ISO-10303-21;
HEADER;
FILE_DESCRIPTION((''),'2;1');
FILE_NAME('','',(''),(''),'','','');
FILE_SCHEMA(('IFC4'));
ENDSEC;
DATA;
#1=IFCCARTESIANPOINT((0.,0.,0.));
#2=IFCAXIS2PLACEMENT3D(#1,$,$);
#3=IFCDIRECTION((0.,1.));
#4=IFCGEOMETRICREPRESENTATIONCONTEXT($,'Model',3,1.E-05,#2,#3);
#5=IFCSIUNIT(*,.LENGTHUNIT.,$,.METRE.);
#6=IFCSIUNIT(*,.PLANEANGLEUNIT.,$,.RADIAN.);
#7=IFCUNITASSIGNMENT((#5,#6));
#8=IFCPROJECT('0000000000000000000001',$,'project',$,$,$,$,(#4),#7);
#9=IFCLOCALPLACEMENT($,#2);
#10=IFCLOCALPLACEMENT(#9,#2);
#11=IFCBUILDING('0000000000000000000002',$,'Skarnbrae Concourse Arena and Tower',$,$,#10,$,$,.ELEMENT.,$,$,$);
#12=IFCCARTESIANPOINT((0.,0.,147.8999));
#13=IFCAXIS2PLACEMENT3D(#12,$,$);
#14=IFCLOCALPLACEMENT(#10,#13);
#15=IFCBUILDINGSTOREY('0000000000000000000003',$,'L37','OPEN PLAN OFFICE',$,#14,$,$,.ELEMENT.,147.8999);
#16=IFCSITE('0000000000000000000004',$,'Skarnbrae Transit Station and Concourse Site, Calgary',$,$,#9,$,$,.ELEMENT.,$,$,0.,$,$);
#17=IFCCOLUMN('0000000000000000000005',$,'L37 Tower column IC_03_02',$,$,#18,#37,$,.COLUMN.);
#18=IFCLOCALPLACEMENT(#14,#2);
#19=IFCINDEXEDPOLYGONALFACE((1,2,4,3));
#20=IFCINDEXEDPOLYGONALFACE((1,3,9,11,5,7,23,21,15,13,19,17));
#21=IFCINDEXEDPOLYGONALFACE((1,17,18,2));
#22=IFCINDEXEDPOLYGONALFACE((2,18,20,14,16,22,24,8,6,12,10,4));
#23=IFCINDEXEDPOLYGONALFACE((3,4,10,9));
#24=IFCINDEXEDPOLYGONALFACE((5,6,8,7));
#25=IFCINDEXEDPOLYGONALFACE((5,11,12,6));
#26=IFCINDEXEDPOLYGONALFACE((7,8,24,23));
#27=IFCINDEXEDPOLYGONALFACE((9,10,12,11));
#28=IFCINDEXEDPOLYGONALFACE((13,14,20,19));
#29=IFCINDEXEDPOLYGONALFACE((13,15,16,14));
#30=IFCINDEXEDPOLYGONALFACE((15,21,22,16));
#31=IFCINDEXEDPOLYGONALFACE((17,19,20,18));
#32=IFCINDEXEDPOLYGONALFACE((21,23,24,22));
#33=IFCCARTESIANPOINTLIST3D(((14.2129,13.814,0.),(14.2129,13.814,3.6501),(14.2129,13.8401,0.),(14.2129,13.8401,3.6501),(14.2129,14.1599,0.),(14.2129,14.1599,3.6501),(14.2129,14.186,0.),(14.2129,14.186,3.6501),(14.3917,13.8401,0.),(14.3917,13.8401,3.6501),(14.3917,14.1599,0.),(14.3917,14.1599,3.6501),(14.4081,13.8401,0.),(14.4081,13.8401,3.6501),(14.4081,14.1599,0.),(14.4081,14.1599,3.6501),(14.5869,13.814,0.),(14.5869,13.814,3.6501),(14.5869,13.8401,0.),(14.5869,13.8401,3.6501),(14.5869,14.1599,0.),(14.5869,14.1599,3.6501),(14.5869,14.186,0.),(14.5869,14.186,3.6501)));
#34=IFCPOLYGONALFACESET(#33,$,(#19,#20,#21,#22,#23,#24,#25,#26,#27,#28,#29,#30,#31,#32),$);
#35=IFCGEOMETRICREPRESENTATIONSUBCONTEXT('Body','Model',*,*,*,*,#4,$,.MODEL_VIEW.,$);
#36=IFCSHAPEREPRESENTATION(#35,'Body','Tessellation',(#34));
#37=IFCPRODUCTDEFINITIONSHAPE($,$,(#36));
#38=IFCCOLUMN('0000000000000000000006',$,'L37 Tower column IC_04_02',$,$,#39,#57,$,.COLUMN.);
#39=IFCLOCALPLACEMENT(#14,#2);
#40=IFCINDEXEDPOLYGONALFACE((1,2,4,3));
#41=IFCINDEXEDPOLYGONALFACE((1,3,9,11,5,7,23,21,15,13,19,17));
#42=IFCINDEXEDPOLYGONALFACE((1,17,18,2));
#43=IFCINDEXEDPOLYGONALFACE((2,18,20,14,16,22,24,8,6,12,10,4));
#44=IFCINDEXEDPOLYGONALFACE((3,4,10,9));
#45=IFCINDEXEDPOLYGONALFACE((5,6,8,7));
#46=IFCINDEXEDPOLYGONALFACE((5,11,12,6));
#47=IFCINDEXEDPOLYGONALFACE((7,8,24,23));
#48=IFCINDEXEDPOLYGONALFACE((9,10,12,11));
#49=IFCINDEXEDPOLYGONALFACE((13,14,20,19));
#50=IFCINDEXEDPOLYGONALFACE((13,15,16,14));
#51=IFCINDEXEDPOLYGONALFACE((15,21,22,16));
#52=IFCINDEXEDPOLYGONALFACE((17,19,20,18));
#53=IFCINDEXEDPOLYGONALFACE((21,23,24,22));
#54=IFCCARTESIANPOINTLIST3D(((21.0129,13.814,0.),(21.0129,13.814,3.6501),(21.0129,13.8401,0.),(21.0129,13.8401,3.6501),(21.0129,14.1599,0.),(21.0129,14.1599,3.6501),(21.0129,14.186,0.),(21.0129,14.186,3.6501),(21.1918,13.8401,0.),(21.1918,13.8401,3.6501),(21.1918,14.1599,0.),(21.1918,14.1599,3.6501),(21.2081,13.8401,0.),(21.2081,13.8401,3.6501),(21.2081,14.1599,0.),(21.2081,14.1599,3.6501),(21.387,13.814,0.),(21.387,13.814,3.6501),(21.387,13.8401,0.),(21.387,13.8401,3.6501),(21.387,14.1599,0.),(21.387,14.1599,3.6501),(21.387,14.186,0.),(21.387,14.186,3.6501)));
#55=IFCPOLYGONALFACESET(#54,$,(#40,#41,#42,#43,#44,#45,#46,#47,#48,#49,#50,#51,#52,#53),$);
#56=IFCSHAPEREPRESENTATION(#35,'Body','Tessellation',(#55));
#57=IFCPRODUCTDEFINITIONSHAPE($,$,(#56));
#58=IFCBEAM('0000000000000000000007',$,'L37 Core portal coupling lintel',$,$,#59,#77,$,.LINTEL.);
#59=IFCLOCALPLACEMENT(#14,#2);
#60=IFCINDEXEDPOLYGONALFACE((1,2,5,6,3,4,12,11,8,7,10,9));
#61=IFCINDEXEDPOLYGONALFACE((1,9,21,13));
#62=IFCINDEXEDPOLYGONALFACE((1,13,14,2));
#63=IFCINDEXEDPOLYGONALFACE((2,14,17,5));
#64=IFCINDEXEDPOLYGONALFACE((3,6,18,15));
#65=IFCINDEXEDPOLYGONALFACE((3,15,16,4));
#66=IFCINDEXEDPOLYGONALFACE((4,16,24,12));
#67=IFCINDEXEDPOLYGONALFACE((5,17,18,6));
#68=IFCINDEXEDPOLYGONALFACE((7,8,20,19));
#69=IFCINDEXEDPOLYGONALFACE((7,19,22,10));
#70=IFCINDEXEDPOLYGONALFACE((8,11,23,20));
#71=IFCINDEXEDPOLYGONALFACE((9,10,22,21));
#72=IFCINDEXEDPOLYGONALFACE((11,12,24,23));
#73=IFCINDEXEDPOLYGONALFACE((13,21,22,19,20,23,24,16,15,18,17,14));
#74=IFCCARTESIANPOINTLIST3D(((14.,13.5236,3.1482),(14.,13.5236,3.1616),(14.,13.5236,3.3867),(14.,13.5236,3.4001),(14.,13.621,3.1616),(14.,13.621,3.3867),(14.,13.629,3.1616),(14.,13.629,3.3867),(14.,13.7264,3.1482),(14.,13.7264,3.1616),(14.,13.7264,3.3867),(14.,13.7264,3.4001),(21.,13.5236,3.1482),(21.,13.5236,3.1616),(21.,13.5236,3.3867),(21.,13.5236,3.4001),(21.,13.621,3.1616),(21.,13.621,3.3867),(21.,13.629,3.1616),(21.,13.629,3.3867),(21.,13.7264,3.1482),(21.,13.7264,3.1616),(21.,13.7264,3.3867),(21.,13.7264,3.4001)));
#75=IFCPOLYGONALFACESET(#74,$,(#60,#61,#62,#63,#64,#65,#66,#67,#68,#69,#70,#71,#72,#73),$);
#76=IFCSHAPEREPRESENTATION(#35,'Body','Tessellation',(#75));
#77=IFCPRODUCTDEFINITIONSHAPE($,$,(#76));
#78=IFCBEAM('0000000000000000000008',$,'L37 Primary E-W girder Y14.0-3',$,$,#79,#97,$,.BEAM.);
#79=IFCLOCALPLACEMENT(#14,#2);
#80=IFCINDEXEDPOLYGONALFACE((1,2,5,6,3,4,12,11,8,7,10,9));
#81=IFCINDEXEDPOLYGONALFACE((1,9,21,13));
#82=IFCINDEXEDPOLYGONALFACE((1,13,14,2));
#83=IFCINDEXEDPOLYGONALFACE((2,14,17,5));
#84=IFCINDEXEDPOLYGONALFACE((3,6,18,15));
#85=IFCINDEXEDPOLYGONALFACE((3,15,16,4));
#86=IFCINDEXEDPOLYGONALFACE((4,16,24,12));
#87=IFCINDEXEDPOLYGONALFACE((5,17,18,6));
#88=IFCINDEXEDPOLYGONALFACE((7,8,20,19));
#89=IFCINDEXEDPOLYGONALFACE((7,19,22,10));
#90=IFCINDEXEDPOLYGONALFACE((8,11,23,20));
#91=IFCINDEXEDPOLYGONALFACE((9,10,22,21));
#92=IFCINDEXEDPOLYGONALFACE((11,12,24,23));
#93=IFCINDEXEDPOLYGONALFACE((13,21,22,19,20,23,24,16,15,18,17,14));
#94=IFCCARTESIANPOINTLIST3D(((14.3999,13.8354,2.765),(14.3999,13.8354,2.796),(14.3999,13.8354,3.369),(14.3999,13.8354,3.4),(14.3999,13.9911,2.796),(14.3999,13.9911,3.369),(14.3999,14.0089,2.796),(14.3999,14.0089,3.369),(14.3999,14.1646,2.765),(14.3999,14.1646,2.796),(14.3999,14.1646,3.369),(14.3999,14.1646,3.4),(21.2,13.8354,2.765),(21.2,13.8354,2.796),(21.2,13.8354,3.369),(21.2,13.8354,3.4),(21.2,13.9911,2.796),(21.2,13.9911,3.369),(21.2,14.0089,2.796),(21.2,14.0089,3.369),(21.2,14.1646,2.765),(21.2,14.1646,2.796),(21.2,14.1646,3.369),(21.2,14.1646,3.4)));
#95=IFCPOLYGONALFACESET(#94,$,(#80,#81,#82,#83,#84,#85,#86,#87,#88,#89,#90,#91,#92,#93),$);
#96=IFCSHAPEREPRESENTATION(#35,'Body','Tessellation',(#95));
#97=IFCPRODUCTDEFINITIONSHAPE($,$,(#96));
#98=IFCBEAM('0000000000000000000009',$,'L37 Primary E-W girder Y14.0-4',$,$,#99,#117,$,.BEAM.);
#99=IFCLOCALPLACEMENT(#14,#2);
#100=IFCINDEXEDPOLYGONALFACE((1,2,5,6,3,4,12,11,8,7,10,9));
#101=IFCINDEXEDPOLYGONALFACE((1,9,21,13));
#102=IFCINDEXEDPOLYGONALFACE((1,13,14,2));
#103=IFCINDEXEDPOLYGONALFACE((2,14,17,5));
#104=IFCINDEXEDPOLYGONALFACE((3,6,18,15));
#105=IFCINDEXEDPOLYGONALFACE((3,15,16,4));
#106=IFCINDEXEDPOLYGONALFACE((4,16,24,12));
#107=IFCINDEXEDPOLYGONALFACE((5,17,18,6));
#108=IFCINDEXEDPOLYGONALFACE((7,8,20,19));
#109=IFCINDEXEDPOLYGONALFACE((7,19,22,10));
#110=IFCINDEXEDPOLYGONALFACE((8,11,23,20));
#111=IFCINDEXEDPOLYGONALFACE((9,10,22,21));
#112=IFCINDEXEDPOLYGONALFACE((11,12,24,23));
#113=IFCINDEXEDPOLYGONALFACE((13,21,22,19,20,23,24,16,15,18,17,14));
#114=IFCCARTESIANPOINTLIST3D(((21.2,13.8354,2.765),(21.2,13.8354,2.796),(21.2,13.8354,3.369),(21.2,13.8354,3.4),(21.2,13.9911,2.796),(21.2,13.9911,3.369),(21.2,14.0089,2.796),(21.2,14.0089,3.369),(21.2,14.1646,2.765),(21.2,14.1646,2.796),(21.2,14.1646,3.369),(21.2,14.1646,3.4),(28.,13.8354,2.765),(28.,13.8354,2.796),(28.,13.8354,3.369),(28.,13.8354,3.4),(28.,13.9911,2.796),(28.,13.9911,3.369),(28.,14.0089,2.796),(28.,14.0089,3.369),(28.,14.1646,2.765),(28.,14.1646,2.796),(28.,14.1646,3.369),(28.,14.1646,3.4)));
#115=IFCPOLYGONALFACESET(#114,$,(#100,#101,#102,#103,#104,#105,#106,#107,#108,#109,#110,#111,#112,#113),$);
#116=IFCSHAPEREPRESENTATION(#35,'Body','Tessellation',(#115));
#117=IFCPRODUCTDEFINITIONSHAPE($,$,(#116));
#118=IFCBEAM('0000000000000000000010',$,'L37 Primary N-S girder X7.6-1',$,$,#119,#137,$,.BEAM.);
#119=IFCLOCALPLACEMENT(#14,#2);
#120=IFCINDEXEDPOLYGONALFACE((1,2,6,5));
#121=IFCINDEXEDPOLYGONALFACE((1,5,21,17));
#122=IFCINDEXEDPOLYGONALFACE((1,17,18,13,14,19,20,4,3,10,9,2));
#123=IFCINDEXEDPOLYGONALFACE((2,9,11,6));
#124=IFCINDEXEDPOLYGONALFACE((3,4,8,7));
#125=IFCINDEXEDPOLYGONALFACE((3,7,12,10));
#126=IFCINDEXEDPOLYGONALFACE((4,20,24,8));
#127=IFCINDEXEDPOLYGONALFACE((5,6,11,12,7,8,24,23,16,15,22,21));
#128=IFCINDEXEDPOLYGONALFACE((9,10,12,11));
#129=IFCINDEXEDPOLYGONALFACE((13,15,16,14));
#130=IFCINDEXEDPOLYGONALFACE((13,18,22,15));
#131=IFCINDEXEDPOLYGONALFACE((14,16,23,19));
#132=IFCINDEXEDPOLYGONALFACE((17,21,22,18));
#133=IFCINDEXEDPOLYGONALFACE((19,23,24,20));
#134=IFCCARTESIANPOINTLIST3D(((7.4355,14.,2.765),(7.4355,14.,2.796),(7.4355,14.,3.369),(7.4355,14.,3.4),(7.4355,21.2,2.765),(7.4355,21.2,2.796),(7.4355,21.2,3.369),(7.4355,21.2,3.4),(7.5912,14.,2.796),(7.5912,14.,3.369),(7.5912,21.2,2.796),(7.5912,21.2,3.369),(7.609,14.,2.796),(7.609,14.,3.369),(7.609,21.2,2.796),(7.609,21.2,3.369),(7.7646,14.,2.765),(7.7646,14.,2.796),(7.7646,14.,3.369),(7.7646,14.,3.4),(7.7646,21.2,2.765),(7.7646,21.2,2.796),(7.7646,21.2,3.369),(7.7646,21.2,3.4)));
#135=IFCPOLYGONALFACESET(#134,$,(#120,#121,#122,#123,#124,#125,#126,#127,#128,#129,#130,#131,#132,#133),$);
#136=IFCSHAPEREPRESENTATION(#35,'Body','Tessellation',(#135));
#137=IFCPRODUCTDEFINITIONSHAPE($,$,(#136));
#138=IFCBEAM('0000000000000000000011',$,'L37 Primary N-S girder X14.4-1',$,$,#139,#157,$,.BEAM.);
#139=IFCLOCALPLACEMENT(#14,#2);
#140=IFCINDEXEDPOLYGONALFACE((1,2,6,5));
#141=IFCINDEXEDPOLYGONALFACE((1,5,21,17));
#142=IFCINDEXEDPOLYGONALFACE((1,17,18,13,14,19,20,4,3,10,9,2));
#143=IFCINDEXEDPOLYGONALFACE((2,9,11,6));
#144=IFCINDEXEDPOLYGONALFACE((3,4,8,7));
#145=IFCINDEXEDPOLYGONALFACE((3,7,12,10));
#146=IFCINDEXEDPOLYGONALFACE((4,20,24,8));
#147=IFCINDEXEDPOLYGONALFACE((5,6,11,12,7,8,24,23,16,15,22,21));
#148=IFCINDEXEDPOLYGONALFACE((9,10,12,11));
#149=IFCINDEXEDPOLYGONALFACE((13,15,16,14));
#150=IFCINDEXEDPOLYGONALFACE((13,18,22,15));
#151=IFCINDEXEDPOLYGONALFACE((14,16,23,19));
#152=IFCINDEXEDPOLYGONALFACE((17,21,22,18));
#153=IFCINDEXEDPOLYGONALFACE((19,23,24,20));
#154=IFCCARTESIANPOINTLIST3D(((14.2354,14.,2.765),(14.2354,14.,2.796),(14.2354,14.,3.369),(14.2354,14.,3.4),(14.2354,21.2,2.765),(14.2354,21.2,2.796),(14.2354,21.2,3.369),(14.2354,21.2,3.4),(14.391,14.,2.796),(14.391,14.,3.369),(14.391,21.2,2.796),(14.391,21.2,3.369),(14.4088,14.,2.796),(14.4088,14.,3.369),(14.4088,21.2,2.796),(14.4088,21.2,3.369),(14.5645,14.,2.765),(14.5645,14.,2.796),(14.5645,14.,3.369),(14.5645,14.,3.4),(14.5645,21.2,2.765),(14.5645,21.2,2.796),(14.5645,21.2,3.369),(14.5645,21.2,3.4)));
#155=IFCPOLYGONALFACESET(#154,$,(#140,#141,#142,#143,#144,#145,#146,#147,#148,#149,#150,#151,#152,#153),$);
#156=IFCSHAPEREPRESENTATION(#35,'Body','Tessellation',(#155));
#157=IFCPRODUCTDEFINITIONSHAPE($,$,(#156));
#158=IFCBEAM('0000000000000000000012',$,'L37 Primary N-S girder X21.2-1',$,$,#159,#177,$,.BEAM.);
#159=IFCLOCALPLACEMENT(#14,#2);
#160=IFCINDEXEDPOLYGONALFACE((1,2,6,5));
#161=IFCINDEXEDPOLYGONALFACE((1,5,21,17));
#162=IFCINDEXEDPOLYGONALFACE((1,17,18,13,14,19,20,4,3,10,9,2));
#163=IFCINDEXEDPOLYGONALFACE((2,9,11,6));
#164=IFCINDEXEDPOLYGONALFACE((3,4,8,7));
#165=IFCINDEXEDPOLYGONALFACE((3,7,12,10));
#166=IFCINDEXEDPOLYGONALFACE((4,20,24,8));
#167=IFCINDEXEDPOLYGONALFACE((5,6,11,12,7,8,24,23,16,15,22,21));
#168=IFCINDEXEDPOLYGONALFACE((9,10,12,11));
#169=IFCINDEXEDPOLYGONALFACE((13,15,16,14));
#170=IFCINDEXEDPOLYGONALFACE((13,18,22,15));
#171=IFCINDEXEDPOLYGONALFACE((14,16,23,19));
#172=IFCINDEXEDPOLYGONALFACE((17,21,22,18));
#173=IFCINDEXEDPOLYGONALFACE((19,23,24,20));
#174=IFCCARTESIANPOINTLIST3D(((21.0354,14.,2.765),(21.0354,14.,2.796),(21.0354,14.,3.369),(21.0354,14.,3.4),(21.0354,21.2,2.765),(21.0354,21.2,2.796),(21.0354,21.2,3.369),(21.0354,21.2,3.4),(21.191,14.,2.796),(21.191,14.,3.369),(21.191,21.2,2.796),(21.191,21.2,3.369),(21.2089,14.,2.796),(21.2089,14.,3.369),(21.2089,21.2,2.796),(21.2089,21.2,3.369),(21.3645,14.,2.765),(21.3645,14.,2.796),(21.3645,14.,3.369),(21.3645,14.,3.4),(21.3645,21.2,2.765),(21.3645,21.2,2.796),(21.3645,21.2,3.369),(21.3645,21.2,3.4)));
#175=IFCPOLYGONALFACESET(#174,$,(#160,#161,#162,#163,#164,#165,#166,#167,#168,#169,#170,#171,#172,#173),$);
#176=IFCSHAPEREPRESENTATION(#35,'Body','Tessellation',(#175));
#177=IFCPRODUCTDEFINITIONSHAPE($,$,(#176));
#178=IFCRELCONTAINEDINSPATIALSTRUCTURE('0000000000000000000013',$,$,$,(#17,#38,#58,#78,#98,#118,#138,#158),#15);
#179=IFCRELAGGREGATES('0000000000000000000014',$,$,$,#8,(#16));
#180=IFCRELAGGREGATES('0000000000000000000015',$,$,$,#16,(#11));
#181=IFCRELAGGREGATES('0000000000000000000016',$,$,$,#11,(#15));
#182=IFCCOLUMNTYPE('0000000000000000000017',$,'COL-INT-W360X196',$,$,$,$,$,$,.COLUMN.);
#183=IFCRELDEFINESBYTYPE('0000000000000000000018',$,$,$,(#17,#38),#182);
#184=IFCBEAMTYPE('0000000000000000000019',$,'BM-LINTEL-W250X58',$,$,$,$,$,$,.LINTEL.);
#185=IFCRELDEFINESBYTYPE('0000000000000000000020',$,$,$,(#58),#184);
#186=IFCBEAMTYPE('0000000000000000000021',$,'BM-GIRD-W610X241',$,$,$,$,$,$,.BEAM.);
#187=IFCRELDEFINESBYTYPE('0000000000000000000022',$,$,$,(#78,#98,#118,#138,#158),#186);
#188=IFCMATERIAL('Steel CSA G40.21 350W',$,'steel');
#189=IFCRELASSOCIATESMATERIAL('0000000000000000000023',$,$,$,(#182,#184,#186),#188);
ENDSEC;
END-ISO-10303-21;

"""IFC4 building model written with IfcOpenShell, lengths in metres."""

from ifc_helpers import new_model, si_unit, direction, frame, origin, origin_2d, place, context, subcontext, project, spatial, i_section, extrude, source, transform, mapped, material, material_profile, profile_set, type_object, element, save


model = new_model("IFC4")

# Units and contexts
model_context = context("Model", 3, precision=1e-05, world=origin(), true_north=direction((0.0, 1.0)))
body_context = subcontext(model_context, "Body", "Model", "MODEL_VIEW")
ifc_project = project(units=[si_unit("LENGTHUNIT", "METRE"), si_unit("PLANEANGLEUNIT", "RADIAN")], contexts=[model_context])

# Site, building, storey
site_placement = place(None, origin())
site = spatial("IfcSite", under=ifc_project, at=site_placement, Name="Skarnbrae Transit Station and Concourse Site, Calgary", CompositionType="ELEMENT", RefElevation=0.0)
building_placement = place(site_placement, origin())
building = spatial("IfcBuilding", under=site, at=building_placement, Name="Skarnbrae Concourse Arena and Tower", CompositionType="ELEMENT")
storey_placement = place(building_placement, frame((0.0, 0.0, 147.8999)))
storey = spatial("IfcBuildingStorey", under=building, at=storey_placement, Name="L37", Description="OPEN PLAN OFFICE", CompositionType="ELEMENT", Elevation=147.8999)

# Columns
ifc_material_1 = material(Name="Steel CSA G40.21 350W", Category="steel")
ifc_material_profile_1 = material_profile(ifc_material_1, i_section(OverallWidth=0.374, OverallDepth=0.3721, WebThickness=0.0164, FlangeThickness=0.0261, at=origin_2d()), Name="W360X196")
ifc_profile_set_1 = profile_set([ifc_material_profile_1], Name="Steel CSA G40.21 350W")
column_type = type_object("IfcColumnType", Name="COL-INT-W360X196", PredefinedType="COLUMN", material=ifc_profile_set_1)
shared_shape_1 = source(origin(), body_context, "Body", "SweptSolid", [
    extrude(i_section(OverallWidth=0.374, OverallDepth=0.3721, WebThickness=0.0164, FlangeThickness=0.0261, at=origin_2d()), origin(), (0.0, 0.0, 1.0), 3.6501),
])
for number, where, z_axis, x_axis, name in (
    (1, (14.3999, 14.0, 0.0), (0.0, 0.0, 1.0), (1.0, 0.0, 0.0), "L37 Tower column IC_03_02"),
    (2, (21.2, 14.0, 0.0), (0.0, 0.0, 1.0), (1.0, 0.0, 0.0), "L37 Tower column IC_04_02"),
):
    element("IfcColumn", number, at=place(storey_placement, frame(where, z_axis=z_axis, x_axis=x_axis)), inside=storey, type_object=column_type, Name=name, PredefinedType="COLUMN", context=body_context, shape_type="MappedRepresentation", body=[
        mapped(shared_shape_1, transform((0.0, 0.0, 0.0))),
    ])

# Beams
ifc_material_profile_2 = material_profile(ifc_material_1, i_section(OverallWidth=0.2029, OverallDepth=0.252, WebThickness=0.0081, FlangeThickness=0.0134, at=origin_2d()), Name="W250X58")
ifc_profile_set_2 = profile_set([ifc_material_profile_2], Name="Steel CSA G40.21 350W")
beam_type_1 = type_object("IfcBeamType", Name="BM-LINTEL-W250X58", PredefinedType="LINTEL", material=ifc_profile_set_2)
shared_shape_2 = source(origin(), body_context, "Body", "SweptSolid", [
    extrude(i_section(OverallWidth=0.2029, OverallDepth=0.252, WebThickness=0.0081, FlangeThickness=0.0134, at=origin_2d()), origin(), (0.0, 0.0, 1.0), 7.0),
])
beam_placement = place(storey_placement, frame((14.0, 13.625, 3.2742), z_axis=(1.0, 0.0, 0.0), x_axis=(0.0, 1.0, 0.0)))
element("IfcBeam", 3, at=beam_placement, inside=storey, type_object=beam_type_1, Name="L37 Core portal coupling lintel", PredefinedType="LINTEL", context=body_context, shape_type="MappedRepresentation", body=[
    mapped(shared_shape_2, transform((0.0, 0.0, 0.0))),
])
ifc_material_profile_3 = material_profile(ifc_material_1, i_section(OverallWidth=0.3291, OverallDepth=0.635, WebThickness=0.0178, FlangeThickness=0.031, at=origin_2d()), Name="W610X241")
ifc_profile_set_3 = profile_set([ifc_material_profile_3], Name="Steel CSA G40.21 350W")
beam_type_2 = type_object("IfcBeamType", Name="BM-GIRD-W610X241", PredefinedType="BEAM", material=ifc_profile_set_3)
shared_shape_3 = source(origin(), body_context, "Body", "SweptSolid", [
    extrude(i_section(OverallWidth=0.3291, OverallDepth=0.635, WebThickness=0.0178, FlangeThickness=0.031, at=origin_2d()), origin(), (0.0, 0.0, 1.0), 6.8),
])
for number, where, z_axis, x_axis, name in (
    (4, (14.3999, 14.0, 3.0825), (1.0, 0.0, 0.0), (0.0, 1.0, 0.0), "L37 Primary E-W girder Y14.0-3"),
    (5, (21.2, 14.0, 3.0825), (1.0, 0.0, 0.0), (0.0, 1.0, 0.0), "L37 Primary E-W girder Y14.0-4"),
):
    element("IfcBeam", number, at=place(storey_placement, frame(where, z_axis=z_axis, x_axis=x_axis)), inside=storey, type_object=beam_type_2, Name=name, PredefinedType="BEAM", context=body_context, shape_type="MappedRepresentation", body=[
        mapped(shared_shape_3, transform((0.0, 0.0, 0.0))),
    ])
shared_shape_4 = source(origin(), body_context, "Body", "SweptSolid", [
    extrude(i_section(OverallWidth=0.3291, OverallDepth=0.635, WebThickness=0.0178, FlangeThickness=0.031, at=origin_2d()), origin(), (0.0, 0.0, 1.0), 7.2),
])
for number, where, z_axis, x_axis, name in (
    (6, (7.6001, 14.0, 3.0825), (0.0, 1.0, 0.0), (-1.0, 0.0, 0.0), "L37 Primary N-S girder X7.6-1"),
    (7, (14.3999, 14.0, 3.0825), (0.0, 1.0, 0.0), (-1.0, 0.0, 0.0), "L37 Primary N-S girder X14.4-1"),
    (8, (21.2, 14.0, 3.0825), (0.0, 1.0, 0.0), (-1.0, 0.0, 0.0), "L37 Primary N-S girder X21.2-1"),
):
    element("IfcBeam", number, at=place(storey_placement, frame(where, z_axis=z_axis, x_axis=x_axis)), inside=storey, type_object=beam_type_2, Name=name, PredefinedType="BEAM", context=body_context, shape_type="MappedRepresentation", body=[
        mapped(shared_shape_4, transform((0.0, 0.0, 0.0))),
    ])

save(model, "model.ifc")
